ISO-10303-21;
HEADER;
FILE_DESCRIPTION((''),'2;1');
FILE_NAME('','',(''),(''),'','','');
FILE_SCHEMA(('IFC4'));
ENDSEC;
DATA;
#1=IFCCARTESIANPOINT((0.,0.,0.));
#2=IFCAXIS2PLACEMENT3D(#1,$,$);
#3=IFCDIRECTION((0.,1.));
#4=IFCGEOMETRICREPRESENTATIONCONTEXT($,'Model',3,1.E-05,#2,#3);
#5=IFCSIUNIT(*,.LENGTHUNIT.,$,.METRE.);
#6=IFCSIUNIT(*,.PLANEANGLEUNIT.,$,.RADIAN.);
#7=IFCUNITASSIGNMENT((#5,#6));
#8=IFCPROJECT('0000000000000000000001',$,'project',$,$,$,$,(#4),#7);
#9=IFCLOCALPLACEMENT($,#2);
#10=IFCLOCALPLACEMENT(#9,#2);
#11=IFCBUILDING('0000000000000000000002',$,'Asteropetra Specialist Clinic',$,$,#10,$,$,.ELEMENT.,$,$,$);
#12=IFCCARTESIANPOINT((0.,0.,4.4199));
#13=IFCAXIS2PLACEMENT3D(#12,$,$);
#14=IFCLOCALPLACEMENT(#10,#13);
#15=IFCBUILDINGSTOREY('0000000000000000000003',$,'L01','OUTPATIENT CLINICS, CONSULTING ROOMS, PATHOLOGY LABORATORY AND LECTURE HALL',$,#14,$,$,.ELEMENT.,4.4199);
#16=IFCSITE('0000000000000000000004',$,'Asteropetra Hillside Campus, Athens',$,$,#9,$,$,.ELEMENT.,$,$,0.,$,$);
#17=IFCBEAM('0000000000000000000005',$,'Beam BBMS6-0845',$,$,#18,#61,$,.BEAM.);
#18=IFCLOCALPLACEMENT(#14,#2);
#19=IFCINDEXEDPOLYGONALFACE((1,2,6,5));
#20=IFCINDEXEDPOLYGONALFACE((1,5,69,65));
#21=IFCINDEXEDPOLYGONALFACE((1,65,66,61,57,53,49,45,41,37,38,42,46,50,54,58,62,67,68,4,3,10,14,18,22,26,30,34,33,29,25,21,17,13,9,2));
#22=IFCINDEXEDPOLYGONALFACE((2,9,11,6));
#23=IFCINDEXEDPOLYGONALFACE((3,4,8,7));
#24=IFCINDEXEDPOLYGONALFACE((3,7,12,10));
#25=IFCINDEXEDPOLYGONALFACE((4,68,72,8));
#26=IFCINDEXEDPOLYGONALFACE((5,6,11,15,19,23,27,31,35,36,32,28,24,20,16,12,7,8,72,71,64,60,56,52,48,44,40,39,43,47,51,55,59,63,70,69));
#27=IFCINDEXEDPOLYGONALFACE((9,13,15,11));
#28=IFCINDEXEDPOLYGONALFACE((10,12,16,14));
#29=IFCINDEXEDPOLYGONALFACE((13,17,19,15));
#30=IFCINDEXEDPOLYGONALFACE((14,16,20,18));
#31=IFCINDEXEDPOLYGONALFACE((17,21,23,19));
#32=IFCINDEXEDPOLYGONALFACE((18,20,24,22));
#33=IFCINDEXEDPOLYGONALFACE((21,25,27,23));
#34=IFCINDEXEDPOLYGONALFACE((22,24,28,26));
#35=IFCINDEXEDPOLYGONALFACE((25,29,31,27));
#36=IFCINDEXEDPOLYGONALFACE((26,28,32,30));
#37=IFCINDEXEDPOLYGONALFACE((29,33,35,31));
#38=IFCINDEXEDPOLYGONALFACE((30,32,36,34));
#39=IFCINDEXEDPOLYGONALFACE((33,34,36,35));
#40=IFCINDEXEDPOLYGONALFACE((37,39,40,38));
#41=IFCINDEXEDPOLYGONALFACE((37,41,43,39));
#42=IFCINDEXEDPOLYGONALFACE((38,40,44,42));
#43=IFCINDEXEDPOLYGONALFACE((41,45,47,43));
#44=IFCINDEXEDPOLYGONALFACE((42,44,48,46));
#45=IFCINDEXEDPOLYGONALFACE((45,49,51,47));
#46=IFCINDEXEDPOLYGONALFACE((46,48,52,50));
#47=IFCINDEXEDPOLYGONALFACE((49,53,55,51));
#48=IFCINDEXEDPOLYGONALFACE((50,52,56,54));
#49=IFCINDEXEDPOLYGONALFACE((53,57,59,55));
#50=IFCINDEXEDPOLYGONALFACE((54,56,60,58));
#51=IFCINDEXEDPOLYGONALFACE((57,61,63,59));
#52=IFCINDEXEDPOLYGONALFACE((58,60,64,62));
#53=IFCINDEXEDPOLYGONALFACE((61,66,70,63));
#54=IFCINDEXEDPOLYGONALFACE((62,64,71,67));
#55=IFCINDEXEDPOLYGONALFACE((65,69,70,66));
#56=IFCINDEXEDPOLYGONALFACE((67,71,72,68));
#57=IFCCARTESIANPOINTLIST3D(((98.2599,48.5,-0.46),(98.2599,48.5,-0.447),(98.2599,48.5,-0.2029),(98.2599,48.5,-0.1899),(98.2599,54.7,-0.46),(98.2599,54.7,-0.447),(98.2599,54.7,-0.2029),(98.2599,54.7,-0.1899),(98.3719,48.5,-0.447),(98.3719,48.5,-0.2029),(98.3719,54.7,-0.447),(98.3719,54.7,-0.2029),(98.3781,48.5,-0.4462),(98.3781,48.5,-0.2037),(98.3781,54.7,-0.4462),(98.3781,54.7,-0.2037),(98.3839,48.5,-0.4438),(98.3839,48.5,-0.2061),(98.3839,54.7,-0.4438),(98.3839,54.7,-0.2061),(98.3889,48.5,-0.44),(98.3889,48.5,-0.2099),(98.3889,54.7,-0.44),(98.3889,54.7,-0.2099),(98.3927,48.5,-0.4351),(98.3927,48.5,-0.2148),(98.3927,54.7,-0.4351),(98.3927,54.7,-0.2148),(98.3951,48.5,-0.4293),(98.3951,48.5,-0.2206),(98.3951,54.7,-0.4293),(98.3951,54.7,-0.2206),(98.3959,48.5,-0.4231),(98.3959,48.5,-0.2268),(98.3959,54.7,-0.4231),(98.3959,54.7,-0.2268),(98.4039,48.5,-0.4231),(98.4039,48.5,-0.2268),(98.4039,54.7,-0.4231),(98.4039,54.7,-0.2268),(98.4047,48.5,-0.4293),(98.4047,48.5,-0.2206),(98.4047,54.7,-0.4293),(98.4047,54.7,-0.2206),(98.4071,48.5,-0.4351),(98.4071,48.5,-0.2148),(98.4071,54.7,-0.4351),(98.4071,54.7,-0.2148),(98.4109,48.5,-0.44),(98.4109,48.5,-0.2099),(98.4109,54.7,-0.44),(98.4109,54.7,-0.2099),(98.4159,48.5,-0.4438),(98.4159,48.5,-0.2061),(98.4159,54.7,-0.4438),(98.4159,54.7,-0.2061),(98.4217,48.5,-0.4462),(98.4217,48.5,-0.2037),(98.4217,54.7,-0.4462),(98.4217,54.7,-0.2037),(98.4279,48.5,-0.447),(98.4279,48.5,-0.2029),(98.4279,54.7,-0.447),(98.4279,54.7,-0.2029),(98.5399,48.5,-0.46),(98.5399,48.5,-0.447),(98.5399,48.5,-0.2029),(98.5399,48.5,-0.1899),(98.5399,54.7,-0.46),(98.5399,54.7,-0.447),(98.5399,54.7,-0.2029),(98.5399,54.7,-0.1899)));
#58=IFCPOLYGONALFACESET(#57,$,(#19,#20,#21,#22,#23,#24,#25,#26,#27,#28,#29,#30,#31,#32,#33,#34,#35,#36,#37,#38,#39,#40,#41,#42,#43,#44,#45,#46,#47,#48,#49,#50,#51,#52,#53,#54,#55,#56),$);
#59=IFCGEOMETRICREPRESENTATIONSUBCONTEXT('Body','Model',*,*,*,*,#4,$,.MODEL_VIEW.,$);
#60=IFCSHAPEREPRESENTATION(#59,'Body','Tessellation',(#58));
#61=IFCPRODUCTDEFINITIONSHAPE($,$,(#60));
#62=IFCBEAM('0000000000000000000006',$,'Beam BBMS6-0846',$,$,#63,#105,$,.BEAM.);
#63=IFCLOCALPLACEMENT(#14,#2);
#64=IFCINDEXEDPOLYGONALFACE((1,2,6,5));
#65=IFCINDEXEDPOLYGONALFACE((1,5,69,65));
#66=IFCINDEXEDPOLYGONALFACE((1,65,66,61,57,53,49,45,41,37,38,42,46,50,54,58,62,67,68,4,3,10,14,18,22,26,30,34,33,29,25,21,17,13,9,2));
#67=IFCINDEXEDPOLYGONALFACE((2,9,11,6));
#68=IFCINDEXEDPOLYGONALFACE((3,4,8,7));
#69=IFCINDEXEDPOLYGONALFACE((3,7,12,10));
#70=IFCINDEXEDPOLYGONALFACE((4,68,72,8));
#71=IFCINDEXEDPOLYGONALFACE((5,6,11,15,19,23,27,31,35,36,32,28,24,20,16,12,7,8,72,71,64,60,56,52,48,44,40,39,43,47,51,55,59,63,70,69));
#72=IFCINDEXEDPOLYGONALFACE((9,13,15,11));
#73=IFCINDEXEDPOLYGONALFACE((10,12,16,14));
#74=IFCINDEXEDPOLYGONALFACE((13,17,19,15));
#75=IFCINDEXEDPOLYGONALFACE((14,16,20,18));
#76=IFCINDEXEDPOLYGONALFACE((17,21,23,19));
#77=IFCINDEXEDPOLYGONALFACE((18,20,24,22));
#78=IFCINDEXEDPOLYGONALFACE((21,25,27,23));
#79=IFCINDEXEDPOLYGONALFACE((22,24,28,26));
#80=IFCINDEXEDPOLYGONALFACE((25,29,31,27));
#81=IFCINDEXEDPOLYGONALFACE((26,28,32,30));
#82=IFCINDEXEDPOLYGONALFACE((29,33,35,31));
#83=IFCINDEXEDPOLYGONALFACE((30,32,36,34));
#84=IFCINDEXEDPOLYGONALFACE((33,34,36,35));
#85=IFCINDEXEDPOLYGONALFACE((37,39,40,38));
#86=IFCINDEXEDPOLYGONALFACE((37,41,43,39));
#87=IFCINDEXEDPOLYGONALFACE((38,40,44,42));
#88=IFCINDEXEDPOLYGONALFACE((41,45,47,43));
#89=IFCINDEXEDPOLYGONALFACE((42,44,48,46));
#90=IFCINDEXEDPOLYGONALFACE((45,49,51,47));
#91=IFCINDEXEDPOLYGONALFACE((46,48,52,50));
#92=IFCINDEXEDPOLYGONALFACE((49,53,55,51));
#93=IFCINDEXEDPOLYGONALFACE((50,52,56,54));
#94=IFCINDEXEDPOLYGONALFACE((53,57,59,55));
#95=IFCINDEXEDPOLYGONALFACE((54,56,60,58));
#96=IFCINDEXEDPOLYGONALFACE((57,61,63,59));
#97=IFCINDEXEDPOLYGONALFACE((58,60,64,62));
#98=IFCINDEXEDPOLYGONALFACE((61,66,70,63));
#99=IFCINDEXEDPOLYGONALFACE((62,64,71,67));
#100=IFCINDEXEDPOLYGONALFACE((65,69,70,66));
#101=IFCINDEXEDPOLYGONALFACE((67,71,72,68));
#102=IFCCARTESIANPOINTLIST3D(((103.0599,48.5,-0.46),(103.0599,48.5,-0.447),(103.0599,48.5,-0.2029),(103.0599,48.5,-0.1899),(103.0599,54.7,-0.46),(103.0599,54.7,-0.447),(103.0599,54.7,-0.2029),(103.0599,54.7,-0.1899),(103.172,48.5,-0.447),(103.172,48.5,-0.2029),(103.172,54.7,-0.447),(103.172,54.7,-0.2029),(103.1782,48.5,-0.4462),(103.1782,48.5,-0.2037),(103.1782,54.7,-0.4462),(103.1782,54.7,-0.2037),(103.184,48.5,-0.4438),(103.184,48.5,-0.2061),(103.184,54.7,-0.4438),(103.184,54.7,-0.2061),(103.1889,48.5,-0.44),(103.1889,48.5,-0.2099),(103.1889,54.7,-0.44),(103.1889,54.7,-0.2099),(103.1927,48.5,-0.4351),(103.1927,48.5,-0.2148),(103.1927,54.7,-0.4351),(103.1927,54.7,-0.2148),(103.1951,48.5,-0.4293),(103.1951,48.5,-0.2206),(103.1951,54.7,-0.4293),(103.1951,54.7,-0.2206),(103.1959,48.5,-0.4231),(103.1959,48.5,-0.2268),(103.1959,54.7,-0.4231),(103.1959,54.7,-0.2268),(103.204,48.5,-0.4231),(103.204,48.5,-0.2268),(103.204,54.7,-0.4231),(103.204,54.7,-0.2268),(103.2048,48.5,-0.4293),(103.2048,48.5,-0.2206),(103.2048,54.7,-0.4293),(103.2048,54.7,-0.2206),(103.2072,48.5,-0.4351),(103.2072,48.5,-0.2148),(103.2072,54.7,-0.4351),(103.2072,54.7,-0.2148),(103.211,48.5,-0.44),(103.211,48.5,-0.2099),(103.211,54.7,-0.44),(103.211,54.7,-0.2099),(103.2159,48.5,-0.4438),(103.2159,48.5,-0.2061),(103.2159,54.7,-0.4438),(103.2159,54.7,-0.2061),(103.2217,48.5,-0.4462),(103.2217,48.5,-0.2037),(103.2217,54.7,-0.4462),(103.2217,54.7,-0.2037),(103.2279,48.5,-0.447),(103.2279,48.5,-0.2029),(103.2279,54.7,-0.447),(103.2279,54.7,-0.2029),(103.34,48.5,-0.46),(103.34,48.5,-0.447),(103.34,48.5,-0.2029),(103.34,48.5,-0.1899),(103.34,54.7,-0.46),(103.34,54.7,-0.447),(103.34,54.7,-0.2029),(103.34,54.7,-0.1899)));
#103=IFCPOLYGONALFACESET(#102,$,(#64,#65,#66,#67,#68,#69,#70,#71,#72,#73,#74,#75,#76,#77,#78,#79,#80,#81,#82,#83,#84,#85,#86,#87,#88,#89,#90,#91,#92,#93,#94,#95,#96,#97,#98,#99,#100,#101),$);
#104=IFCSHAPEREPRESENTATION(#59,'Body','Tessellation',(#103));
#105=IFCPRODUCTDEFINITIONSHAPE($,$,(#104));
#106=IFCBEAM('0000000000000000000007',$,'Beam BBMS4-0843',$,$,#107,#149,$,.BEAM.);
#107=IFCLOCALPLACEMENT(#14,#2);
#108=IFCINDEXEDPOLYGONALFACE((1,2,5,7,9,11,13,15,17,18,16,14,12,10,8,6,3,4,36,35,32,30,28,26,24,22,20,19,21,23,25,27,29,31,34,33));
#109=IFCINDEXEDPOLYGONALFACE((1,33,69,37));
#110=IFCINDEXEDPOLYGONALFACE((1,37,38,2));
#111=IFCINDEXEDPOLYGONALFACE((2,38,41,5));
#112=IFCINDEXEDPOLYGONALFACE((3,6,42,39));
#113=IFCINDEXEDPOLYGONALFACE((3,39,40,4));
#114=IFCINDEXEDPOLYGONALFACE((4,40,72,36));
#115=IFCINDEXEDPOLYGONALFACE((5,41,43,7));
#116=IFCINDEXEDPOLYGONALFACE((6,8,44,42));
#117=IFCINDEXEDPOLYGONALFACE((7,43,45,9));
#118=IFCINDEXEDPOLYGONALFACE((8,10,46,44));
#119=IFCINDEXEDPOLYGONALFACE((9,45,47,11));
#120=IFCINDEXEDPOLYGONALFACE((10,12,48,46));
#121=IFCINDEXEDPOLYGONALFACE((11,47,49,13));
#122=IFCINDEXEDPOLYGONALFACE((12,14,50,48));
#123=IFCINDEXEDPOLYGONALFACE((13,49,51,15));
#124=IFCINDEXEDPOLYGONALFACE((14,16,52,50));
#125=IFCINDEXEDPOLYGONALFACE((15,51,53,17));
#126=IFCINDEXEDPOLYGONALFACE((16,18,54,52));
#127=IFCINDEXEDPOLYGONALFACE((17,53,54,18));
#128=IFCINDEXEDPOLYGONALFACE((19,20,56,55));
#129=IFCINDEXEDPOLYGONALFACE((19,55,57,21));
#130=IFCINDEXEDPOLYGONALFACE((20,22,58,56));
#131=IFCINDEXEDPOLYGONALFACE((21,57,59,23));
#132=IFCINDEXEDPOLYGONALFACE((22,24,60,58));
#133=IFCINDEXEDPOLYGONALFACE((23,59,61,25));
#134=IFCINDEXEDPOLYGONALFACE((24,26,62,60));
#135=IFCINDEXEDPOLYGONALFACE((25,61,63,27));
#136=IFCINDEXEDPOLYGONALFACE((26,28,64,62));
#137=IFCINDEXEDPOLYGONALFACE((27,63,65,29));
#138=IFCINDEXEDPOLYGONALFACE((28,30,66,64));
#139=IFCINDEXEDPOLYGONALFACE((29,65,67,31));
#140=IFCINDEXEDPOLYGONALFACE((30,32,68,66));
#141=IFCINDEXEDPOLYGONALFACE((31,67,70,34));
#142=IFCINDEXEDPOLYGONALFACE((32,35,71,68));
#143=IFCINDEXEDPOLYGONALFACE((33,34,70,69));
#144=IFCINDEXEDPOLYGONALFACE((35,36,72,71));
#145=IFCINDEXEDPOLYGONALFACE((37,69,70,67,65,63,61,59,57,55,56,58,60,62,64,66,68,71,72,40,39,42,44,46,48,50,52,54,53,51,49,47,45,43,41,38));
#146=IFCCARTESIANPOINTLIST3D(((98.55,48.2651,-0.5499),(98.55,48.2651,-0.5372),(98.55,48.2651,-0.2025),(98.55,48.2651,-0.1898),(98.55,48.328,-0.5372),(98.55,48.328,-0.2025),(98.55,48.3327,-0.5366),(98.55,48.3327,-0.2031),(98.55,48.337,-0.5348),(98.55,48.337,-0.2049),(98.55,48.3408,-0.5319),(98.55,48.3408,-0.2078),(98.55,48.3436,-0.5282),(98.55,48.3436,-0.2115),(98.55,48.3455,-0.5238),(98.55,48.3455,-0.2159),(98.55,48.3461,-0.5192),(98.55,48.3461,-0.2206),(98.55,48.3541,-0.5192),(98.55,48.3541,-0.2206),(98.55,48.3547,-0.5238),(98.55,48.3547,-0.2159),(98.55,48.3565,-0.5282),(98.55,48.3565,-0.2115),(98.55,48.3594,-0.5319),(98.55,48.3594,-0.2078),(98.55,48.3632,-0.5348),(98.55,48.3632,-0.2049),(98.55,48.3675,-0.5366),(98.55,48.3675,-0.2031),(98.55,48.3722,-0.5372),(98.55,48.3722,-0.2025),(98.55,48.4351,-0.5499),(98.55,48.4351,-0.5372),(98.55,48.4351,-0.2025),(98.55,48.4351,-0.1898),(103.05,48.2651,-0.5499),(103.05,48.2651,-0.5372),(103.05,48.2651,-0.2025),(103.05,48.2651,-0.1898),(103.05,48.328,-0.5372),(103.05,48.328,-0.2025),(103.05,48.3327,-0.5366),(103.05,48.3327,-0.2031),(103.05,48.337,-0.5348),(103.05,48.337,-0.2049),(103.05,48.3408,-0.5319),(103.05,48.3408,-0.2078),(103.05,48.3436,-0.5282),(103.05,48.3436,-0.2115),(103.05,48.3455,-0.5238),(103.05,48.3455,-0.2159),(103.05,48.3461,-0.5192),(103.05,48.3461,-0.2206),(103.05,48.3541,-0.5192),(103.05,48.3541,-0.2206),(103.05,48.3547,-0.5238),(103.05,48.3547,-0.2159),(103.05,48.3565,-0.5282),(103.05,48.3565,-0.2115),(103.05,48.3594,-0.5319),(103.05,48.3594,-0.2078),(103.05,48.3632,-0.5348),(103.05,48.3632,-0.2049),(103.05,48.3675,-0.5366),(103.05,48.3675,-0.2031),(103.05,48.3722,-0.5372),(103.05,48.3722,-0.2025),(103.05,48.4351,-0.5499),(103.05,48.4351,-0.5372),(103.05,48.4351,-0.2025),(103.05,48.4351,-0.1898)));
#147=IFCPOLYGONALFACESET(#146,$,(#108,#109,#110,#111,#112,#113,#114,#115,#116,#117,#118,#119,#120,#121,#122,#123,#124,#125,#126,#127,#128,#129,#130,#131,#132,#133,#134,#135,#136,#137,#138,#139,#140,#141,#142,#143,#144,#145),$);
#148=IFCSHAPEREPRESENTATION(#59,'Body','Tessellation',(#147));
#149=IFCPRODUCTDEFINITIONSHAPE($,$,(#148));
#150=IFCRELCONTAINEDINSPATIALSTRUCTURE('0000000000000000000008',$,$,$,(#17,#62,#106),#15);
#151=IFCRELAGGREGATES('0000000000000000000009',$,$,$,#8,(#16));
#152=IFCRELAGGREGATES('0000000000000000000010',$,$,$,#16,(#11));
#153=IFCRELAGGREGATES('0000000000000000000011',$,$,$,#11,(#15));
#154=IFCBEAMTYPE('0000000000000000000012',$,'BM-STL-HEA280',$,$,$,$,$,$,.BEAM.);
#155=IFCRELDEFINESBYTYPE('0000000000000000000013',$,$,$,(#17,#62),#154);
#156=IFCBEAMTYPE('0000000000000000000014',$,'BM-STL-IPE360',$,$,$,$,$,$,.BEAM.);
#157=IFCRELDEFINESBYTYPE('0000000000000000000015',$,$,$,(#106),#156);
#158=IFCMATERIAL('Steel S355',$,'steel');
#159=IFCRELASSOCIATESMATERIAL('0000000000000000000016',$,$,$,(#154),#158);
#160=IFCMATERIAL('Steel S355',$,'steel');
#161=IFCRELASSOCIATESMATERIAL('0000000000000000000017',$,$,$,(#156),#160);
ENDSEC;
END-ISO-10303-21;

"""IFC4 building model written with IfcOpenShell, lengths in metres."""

from ifc_helpers import new_model, si_unit, direction, frame, origin, origin_2d, place, context, subcontext, project, spatial, i_section, extrude, material, material_profile, profile_set, type_object, element, save


model = new_model("IFC4")

# Units and contexts
model_context = context("Model", 3, precision=1e-05, world=origin(), true_north=direction((0.0, 1.0)))
body_context = subcontext(model_context, "Body", "Model", "MODEL_VIEW")
ifc_project = project(units=[si_unit("LENGTHUNIT", "METRE"), si_unit("PLANEANGLEUNIT", "RADIAN")], contexts=[model_context])

# Site, building, storey
site_placement = place(None, origin())
site = spatial("IfcSite", under=ifc_project, at=site_placement, Name="Asteropetra Hillside Campus, Athens", CompositionType="ELEMENT", RefElevation=0.0)
building_placement = place(site_placement, origin())
building = spatial("IfcBuilding", under=site, at=building_placement, Name="Asteropetra Specialist Clinic", CompositionType="ELEMENT")
storey_placement = place(building_placement, frame((0.0, 0.0, 4.4199)))
storey = spatial("IfcBuildingStorey", under=building, at=storey_placement, Name="L01", Description="OUTPATIENT CLINICS, CONSULTING ROOMS, PATHOLOGY LABORATORY AND LECTURE HALL", CompositionType="ELEMENT", Elevation=4.4199)

# Beams
ifc_material_1 = material(Name="Steel S355", Category="steel")
ifc_material_profile_1 = material_profile(ifc_material_1, i_section(OverallWidth=0.28, OverallDepth=0.27, WebThickness=0.0081, FlangeThickness=0.0129, FilletRadius=0.0239, at=origin_2d()), Name="HEA 280")
ifc_profile_set_1 = profile_set([ifc_material_profile_1], Name="Steel S355")
beam_type_1 = type_object("IfcBeamType", Name="BM-STL-HEA280", PredefinedType="BEAM", material=ifc_profile_set_1)
for number, where, z_axis, x_axis, name in (
    (1, (98.3999, 48.5, -0.325), (0.0, 1.0, 0.0), (-1.0, 0.0, 0.0), "Beam BBMS6-0845"),
    (2, (103.2, 48.5, -0.325), (0.0, 1.0, 0.0), (-1.0, 0.0, 0.0), "Beam BBMS6-0846"),
):
    element("IfcBeam", number, at=place(storey_placement, frame(where, z_axis=z_axis, x_axis=x_axis)), inside=storey, type_object=beam_type_1, Name=name, PredefinedType="BEAM", context=body_context, shape_type="SweptSolid", body=[
        extrude(i_section(OverallWidth=0.28, OverallDepth=0.27, WebThickness=0.0081, FlangeThickness=0.0129, FilletRadius=0.0239, at=origin_2d()), origin(), (0.0, 0.0, 1.0), 6.2),
    ])
ifc_material_2 = material(Name="Steel S355", Category="steel")
ifc_material_profile_2 = material_profile(ifc_material_2, i_section(OverallWidth=0.1699, OverallDepth=0.3601, WebThickness=0.0081, FlangeThickness=0.0127, FilletRadius=0.0181, at=origin_2d()), Name="IPE 360")
ifc_profile_set_2 = profile_set([ifc_material_profile_2], Name="Steel S355")
beam_type_2 = type_object("IfcBeamType", Name="BM-STL-IPE360", PredefinedType="BEAM", material=ifc_profile_set_2)
beam_1_placement = place(storey_placement, frame((98.55, 48.3501, -0.3699), z_axis=(1.0, 0.0, 0.0), x_axis=(0.0, 1.0, 0.0)))
element("IfcBeam", 3, at=beam_1_placement, inside=storey, type_object=beam_type_2, Name="Beam BBMS4-0843", PredefinedType="BEAM", context=body_context, shape_type="SweptSolid", body=[
    extrude(i_section(OverallWidth=0.1699, OverallDepth=0.3601, WebThickness=0.0081, FlangeThickness=0.0127, FilletRadius=0.0181, at=origin_2d()), origin(), (0.0, 0.0, 1.0), 4.5),
])

save(model, "model.ifc")
